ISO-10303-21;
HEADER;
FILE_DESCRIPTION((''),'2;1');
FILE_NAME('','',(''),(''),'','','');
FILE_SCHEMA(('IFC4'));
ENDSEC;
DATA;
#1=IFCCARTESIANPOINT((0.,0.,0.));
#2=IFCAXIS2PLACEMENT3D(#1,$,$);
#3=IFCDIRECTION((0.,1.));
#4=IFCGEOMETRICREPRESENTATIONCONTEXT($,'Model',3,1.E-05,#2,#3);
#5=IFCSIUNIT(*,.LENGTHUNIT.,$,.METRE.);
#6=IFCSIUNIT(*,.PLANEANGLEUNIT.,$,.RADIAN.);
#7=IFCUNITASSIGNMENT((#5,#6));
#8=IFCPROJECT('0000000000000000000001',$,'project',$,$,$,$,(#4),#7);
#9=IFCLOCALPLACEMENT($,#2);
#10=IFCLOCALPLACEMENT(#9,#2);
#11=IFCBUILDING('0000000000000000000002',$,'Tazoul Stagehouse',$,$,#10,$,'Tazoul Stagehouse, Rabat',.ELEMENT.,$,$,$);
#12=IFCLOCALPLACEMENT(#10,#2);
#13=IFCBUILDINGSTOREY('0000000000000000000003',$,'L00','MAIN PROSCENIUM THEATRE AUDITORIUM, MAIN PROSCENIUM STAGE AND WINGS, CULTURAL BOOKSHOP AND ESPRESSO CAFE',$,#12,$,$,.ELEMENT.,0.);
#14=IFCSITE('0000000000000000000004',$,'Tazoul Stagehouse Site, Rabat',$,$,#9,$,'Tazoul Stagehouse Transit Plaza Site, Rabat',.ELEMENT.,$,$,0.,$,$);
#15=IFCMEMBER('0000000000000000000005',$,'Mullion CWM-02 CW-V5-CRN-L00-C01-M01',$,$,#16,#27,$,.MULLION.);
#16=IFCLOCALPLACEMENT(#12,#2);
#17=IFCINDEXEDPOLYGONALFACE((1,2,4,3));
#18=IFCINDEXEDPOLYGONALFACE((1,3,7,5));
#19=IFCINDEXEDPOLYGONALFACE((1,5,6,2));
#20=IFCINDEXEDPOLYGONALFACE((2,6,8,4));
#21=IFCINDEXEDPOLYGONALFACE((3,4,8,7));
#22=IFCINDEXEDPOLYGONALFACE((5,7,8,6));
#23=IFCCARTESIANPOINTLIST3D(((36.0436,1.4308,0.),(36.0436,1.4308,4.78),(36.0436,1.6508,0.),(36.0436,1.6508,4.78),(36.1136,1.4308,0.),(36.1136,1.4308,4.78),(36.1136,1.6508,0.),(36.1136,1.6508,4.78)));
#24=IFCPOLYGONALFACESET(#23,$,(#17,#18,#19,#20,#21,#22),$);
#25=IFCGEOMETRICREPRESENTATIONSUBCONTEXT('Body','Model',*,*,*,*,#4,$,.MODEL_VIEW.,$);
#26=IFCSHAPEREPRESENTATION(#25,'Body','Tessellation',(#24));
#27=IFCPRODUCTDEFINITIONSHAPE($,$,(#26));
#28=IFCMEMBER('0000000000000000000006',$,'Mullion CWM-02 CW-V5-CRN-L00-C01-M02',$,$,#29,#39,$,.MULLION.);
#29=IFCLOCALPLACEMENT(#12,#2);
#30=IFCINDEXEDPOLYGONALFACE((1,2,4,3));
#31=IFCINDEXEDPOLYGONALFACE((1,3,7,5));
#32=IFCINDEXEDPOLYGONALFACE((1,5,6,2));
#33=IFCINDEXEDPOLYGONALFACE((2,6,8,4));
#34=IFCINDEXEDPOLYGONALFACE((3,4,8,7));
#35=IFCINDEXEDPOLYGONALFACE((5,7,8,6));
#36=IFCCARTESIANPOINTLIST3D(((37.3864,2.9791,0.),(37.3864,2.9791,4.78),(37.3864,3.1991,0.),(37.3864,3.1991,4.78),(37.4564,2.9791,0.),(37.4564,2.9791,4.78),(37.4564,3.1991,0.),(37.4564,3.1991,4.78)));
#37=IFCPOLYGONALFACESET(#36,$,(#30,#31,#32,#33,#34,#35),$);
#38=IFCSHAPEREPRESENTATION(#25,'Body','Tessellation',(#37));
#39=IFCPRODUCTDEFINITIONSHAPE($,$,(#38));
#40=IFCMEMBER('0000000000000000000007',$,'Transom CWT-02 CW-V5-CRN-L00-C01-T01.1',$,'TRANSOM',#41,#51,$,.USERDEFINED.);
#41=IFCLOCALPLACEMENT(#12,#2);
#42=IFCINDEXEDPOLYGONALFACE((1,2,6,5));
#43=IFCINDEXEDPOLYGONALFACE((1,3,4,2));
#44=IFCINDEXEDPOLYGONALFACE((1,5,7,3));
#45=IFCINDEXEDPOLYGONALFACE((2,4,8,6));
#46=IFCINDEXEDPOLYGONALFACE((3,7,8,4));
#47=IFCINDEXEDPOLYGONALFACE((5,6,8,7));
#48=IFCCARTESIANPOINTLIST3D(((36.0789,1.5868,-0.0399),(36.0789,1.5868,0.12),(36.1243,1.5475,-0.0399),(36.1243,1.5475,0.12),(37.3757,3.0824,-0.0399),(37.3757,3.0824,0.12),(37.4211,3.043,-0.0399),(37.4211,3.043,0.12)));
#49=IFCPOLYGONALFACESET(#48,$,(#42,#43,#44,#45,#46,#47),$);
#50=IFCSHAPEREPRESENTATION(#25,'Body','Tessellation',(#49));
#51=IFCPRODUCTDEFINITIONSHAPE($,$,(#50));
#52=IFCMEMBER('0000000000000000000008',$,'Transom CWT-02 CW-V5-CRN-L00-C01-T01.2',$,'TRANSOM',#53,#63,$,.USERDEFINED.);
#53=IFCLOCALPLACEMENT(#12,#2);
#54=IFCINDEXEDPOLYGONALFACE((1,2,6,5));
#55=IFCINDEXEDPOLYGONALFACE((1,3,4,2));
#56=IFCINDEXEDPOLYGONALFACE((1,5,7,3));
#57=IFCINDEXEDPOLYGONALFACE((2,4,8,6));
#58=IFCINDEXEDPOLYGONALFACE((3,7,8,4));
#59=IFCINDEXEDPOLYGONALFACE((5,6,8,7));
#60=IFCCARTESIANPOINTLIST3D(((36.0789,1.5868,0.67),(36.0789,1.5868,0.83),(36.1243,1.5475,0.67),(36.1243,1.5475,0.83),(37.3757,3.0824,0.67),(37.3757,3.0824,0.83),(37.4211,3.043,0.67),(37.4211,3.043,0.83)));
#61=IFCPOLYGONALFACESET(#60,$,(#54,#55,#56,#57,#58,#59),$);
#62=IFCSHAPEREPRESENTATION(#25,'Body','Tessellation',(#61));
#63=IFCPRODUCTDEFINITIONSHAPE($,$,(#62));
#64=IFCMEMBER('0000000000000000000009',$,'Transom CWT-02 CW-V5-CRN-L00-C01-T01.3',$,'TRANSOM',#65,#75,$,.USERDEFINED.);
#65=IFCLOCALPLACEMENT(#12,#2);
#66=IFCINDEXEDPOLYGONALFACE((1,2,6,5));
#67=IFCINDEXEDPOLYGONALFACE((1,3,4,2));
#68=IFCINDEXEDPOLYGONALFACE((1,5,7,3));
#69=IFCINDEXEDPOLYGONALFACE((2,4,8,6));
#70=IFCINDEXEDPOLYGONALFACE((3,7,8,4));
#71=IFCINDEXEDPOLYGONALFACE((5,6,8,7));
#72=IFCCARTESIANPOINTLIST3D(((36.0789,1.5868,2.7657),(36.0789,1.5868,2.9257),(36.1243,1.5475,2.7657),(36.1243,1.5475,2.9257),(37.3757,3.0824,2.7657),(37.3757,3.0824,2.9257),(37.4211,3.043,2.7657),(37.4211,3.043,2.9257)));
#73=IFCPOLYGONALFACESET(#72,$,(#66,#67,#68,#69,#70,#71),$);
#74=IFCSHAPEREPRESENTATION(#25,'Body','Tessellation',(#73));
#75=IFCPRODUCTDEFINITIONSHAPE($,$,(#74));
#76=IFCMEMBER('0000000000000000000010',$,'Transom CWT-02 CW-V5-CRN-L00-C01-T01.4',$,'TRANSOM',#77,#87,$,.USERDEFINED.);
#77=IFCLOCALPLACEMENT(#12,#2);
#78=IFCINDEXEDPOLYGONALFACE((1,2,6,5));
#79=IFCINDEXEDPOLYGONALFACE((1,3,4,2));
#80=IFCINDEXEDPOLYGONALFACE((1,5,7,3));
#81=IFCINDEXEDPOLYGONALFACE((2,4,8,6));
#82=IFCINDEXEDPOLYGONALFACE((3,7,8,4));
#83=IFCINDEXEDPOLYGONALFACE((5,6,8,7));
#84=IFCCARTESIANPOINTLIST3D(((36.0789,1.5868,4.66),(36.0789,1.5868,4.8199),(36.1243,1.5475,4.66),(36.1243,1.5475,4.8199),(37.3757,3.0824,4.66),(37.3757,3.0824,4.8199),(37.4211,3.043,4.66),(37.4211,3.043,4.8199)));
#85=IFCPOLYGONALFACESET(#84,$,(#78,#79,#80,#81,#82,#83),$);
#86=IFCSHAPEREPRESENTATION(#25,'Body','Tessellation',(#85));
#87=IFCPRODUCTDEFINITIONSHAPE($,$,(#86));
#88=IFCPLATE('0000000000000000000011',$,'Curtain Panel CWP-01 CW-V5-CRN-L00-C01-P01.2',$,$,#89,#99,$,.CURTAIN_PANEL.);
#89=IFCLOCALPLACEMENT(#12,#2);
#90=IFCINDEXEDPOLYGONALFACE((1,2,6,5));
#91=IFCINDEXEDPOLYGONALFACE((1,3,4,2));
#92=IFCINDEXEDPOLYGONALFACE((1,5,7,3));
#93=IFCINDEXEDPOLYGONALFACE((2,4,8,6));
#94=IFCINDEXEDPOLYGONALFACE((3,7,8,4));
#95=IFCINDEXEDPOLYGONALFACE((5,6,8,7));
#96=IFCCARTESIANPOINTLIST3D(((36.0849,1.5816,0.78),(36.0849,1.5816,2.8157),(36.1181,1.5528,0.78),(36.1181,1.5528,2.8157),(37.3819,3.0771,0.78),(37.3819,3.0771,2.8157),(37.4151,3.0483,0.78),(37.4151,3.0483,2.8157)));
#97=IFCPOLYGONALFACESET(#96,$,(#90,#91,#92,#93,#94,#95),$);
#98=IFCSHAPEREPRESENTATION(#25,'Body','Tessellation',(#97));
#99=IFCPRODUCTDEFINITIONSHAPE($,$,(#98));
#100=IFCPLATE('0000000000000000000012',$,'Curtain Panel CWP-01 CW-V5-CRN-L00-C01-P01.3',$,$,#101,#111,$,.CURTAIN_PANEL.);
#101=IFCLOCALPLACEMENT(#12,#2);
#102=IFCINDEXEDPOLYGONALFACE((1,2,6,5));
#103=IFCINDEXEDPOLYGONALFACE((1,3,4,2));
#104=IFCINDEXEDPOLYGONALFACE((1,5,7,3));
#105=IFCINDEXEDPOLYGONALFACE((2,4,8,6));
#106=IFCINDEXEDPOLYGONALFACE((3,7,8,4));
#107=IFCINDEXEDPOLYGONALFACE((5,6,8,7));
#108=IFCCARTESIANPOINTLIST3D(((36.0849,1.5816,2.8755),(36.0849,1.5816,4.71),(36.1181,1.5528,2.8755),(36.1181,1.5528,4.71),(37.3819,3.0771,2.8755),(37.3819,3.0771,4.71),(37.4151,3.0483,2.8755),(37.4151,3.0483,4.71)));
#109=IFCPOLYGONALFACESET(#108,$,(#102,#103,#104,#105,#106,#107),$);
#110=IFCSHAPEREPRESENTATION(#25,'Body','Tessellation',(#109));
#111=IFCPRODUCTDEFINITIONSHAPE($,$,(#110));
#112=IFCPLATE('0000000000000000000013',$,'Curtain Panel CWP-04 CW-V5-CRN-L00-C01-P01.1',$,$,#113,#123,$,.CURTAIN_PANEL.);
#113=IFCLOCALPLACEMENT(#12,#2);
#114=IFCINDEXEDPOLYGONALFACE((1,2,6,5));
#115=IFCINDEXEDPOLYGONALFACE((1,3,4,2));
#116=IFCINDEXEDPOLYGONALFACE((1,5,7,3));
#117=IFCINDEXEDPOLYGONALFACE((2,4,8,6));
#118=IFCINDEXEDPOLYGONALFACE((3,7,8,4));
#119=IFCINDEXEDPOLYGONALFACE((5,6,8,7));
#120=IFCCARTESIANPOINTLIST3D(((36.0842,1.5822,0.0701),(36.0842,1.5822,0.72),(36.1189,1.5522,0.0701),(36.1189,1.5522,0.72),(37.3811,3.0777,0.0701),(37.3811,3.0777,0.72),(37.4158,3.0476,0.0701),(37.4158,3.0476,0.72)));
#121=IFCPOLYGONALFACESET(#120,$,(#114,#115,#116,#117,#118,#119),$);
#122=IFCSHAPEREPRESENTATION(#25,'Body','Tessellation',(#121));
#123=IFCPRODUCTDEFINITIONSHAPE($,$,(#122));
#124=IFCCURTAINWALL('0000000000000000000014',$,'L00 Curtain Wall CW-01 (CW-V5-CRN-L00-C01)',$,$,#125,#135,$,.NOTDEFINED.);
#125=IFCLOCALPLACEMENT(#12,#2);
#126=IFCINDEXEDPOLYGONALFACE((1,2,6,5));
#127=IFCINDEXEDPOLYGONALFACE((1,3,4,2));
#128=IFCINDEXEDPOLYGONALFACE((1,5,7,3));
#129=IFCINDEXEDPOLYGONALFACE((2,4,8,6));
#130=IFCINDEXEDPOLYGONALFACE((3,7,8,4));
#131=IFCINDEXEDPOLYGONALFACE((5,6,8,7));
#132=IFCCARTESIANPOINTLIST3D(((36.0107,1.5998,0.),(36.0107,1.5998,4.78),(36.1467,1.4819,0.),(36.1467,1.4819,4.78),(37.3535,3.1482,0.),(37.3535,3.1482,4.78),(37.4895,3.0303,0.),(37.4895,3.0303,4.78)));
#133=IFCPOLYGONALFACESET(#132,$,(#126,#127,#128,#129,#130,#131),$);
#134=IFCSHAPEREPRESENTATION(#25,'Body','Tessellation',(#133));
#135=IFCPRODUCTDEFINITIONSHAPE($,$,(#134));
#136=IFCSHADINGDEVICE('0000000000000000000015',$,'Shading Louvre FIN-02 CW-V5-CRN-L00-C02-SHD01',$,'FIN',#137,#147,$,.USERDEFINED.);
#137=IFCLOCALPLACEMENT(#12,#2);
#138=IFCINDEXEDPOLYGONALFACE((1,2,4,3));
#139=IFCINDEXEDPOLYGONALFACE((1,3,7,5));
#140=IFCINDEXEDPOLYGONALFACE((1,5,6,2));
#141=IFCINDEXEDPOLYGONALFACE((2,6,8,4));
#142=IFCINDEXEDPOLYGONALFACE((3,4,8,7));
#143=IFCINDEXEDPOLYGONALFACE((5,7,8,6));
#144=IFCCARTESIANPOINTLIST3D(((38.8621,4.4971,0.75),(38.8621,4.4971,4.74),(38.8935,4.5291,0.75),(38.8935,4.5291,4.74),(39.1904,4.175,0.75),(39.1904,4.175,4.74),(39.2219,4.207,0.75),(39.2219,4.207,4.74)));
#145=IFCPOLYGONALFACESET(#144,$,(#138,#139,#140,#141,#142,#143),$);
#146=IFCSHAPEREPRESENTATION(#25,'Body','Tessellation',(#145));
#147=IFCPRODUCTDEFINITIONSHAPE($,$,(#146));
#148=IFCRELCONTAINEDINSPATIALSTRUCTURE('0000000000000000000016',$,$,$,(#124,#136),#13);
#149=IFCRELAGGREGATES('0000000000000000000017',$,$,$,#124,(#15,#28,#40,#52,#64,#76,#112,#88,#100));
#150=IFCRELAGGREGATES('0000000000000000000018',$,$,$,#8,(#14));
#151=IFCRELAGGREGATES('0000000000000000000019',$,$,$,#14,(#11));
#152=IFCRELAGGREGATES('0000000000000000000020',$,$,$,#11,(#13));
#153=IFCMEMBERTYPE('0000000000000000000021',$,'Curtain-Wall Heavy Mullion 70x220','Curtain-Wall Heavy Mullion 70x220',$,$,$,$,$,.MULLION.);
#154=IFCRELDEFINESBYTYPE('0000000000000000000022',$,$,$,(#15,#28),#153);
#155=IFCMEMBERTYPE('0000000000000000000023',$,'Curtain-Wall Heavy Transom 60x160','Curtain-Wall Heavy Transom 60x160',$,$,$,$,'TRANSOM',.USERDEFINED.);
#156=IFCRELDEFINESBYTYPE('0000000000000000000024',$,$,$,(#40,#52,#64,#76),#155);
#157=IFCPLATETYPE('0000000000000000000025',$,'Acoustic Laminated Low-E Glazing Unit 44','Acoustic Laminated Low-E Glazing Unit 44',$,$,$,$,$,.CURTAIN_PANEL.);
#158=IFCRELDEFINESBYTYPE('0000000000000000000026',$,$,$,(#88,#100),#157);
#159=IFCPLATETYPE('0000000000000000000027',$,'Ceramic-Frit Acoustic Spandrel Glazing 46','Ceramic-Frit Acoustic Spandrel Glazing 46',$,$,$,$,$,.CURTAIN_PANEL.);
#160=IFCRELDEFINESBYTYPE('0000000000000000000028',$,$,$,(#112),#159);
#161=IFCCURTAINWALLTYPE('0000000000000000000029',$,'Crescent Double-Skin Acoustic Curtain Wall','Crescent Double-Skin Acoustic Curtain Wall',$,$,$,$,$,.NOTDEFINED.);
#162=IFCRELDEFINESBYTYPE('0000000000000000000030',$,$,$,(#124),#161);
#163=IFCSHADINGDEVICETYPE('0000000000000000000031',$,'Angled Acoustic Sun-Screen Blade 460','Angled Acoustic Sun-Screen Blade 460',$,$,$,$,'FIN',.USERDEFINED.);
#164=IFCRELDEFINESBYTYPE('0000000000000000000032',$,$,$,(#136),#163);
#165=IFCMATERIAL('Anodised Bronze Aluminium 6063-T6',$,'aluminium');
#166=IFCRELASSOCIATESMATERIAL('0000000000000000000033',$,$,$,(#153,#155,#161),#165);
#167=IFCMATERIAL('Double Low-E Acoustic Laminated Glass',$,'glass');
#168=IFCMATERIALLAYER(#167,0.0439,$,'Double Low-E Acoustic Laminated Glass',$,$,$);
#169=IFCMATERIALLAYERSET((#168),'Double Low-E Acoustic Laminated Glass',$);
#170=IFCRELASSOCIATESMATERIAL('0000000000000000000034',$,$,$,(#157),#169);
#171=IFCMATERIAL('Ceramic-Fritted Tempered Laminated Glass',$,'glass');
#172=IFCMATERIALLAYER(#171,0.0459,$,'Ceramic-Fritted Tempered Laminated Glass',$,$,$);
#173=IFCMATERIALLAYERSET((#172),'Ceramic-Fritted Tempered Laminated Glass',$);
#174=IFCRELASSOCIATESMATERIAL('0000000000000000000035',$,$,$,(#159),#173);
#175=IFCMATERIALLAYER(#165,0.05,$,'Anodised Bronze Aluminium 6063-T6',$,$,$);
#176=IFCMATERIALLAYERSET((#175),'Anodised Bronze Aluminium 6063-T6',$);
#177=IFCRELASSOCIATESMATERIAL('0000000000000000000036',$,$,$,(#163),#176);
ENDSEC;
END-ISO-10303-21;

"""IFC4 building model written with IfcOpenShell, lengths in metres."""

from ifc_helpers import new_model, si_unit, direction, frame, frame_2d, origin, origin_2d, place, context, subcontext, project, spatial, rectangle, extrude, material, layer, layer_set, material_profile, profile_set, type_object, element, aggregate, save


model = new_model("IFC4")

# Units and contexts
model_context = context("Model", 3, precision=1e-05, world=origin(), true_north=direction((0.0, 1.0)))
body_context = subcontext(model_context, "Body", "Model", "MODEL_VIEW")
ifc_project = project(units=[si_unit("LENGTHUNIT", "METRE"), si_unit("PLANEANGLEUNIT", "RADIAN")], contexts=[model_context])

# Members
ifc_material_1 = material(Name="Anodised Bronze Aluminium 6063-T6", Category="aluminium")
ifc_material_profile_1 = material_profile(ifc_material_1, rectangle(XDim=0.0701, YDim=0.22, at=origin_2d()), Name="ALU MULLION 70x220")
ifc_profile_set_1 = profile_set([ifc_material_profile_1], Name="Anodised Bronze Aluminium 6063-T6")
member_type_1 = type_object("IfcMemberType", Name="Curtain-Wall Heavy Mullion 70x220", Description="Curtain-Wall Heavy Mullion 70x220", PredefinedType="MULLION", material=ifc_profile_set_1)
site_placement = place(None, origin())
building_placement = place(site_placement, origin())
storey_placement = place(building_placement, origin())
member_1_placement = place(storey_placement, frame((36.0786, 1.5408, 0.0), z_axis=(0.0, 0.0, 1.0), x_axis=(1.0, 0.0, 0.0)))
member_1 = element("IfcMember", 1, at=member_1_placement, type_object=member_type_1, Name="Mullion CWM-02 CW-V5-CRN-L00-C01-M01", PredefinedType="MULLION", context=body_context, shape_type="SweptSolid", body=[
    extrude(rectangle(XDim=0.0701, YDim=0.22, at=origin_2d()), origin(), (0.0, 0.0, 1.0), 4.78),
])
member_2_placement = place(storey_placement, frame((37.4214, 3.0891, 0.0), z_axis=(0.0, 0.0, 1.0), x_axis=(1.0, 0.0, 0.0)))
member_2 = element("IfcMember", 2, at=member_2_placement, type_object=member_type_1, Name="Mullion CWM-02 CW-V5-CRN-L00-C01-M02", PredefinedType="MULLION", context=body_context, shape_type="SweptSolid", body=[
    extrude(rectangle(XDim=0.0701, YDim=0.22, at=origin_2d()), origin(), (0.0, 0.0, 1.0), 4.78),
])
ifc_material_profile_2 = material_profile(ifc_material_1, rectangle(XDim=0.0601, YDim=0.1599, at=origin_2d()), Name="ALU TRANSOM 60x160")
ifc_profile_set_2 = profile_set([ifc_material_profile_2], Name="Anodised Bronze Aluminium 6063-T6")
member_type_2 = type_object("IfcMemberType", Name="Curtain-Wall Heavy Transom 60x160", Description="Curtain-Wall Heavy Transom 60x160", ElementType="TRANSOM", PredefinedType="USERDEFINED", material=ifc_profile_set_2)
member_3_placement = place(storey_placement, frame((36.1016, 1.5671, 0.04), z_axis=(0.655128, 0.755518, 0.0), x_axis=(-0.755518, 0.655128, 0.0)))
member_3 = element("IfcMember", 3, at=member_3_placement, type_object=member_type_2, Name="Transom CWT-02 CW-V5-CRN-L00-C01-T01.1", ObjectType="TRANSOM", PredefinedType="USERDEFINED", context=body_context, shape_type="SweptSolid", body=[
    extrude(rectangle(XDim=0.0601, YDim=0.1599, at=origin_2d()), origin(), (0.0, 0.0, 1.0), 1.9795),
])
member_4_placement = place(storey_placement, frame((36.1016, 1.5671, 0.75), z_axis=(0.655128, 0.755518, 0.0), x_axis=(-0.755518, 0.655128, 0.0)))
member_4 = element("IfcMember", 4, at=member_4_placement, type_object=member_type_2, Name="Transom CWT-02 CW-V5-CRN-L00-C01-T01.2", ObjectType="TRANSOM", PredefinedType="USERDEFINED", context=body_context, shape_type="SweptSolid", body=[
    extrude(rectangle(XDim=0.0601, YDim=0.1599, at=origin_2d()), origin(), (0.0, 0.0, 1.0), 1.9795),
])
member_5_placement = place(storey_placement, frame((36.1016, 1.5671, 2.8457), z_axis=(0.655128, 0.755518, 0.0), x_axis=(-0.755518, 0.655128, 0.0)))
member_5 = element("IfcMember", 5, at=member_5_placement, type_object=member_type_2, Name="Transom CWT-02 CW-V5-CRN-L00-C01-T01.3", ObjectType="TRANSOM", PredefinedType="USERDEFINED", context=body_context, shape_type="SweptSolid", body=[
    extrude(rectangle(XDim=0.0601, YDim=0.1599, at=origin_2d()), origin(), (0.0, 0.0, 1.0), 1.9795),
])
member_6_placement = place(storey_placement, frame((36.1016, 1.5671, 4.74), z_axis=(0.655128, 0.755518, 0.0), x_axis=(-0.755518, 0.655128, 0.0)))
member_6 = element("IfcMember", 6, at=member_6_placement, type_object=member_type_2, Name="Transom CWT-02 CW-V5-CRN-L00-C01-T01.4", ObjectType="TRANSOM", PredefinedType="USERDEFINED", context=body_context, shape_type="SweptSolid", body=[
    extrude(rectangle(XDim=0.0601, YDim=0.1599, at=origin_2d()), origin(), (0.0, 0.0, 1.0), 1.9795),
])

# Plates
ifc_material_2 = material(Name="Double Low-E Acoustic Laminated Glass", Category="glass")
ifc_layer_1 = layer(ifc_material_2, 0.0439, Name="Double Low-E Acoustic Laminated Glass")
ifc_layer_set_1 = layer_set([ifc_layer_1], Name="Double Low-E Acoustic Laminated Glass")
plate_type_1 = type_object("IfcPlateType", Name="Acoustic Laminated Low-E Glazing Unit 44", Description="Acoustic Laminated Low-E Glazing Unit 44", PredefinedType="CURTAIN_PANEL", material=ifc_layer_set_1)
plate_1_placement = place(storey_placement, frame((36.75, 2.3149, 0.78), z_axis=(0.0, 0.0, 1.0), x_axis=(0.655168, 0.755483, 0.0)))
plate_1 = element("IfcPlate", 7, at=plate_1_placement, type_object=plate_type_1, Name="Curtain Panel CWP-01 CW-V5-CRN-L00-C01-P01.2", PredefinedType="CURTAIN_PANEL", context=body_context, shape_type="SweptSolid", body=[
    extrude(rectangle(XDim=1.9795, YDim=0.0439, at=origin_2d()), origin(), (0.0, 0.0, 1.0), 2.0356),
])
plate_2_placement = place(storey_placement, frame((36.75, 2.3149, 2.8755), z_axis=(0.0, 0.0, 1.0), x_axis=(0.655168, 0.755483, 0.0)))
plate_2 = element("IfcPlate", 8, at=plate_2_placement, type_object=plate_type_1, Name="Curtain Panel CWP-01 CW-V5-CRN-L00-C01-P01.3", PredefinedType="CURTAIN_PANEL", context=body_context, shape_type="SweptSolid", body=[
    extrude(rectangle(XDim=1.9795, YDim=0.0439, at=origin_2d()), origin(), (0.0, 0.0, 1.0), 1.8345),
])
ifc_material_3 = material(Name="Ceramic-Fritted Tempered Laminated Glass", Category="glass")
ifc_layer_2 = layer(ifc_material_3, 0.0459, Name="Ceramic-Fritted Tempered Laminated Glass")
ifc_layer_set_2 = layer_set([ifc_layer_2], Name="Ceramic-Fritted Tempered Laminated Glass")
plate_type_2 = type_object("IfcPlateType", Name="Ceramic-Frit Acoustic Spandrel Glazing 46", Description="Ceramic-Frit Acoustic Spandrel Glazing 46", PredefinedType="CURTAIN_PANEL", material=ifc_layer_set_2)
plate_3_placement = place(storey_placement, frame((36.75, 2.3149, 0.0701), z_axis=(0.0, 0.0, 1.0), x_axis=(0.655168, 0.755483, 0.0)))
plate_3 = element("IfcPlate", 9, at=plate_3_placement, type_object=plate_type_2, Name="Curtain Panel CWP-04 CW-V5-CRN-L00-C01-P01.1", PredefinedType="CURTAIN_PANEL", context=body_context, shape_type="SweptSolid", body=[
    extrude(rectangle(XDim=1.9795, YDim=0.0459, at=origin_2d()), origin(), (0.0, 0.0, 1.0), 0.6499),
])

# Site, building, storey
site = spatial("IfcSite", under=ifc_project, at=site_placement, Name="Tazoul Stagehouse Site, Rabat", LongName="Tazoul Stagehouse Transit Plaza Site, Rabat", CompositionType="ELEMENT", RefElevation=0.0)
building = spatial("IfcBuilding", under=site, at=building_placement, Name="Tazoul Stagehouse", LongName="Tazoul Stagehouse, Rabat", CompositionType="ELEMENT")
storey = spatial("IfcBuildingStorey", under=building, at=storey_placement, Name="L00", Description="MAIN PROSCENIUM THEATRE AUDITORIUM, MAIN PROSCENIUM STAGE AND WINGS, CULTURAL BOOKSHOP AND ESPRESSO CAFE", CompositionType="ELEMENT", Elevation=0.0)

# Curtain wall
curtain_wall_type = type_object("IfcCurtainWallType", Name="Crescent Double-Skin Acoustic Curtain Wall", Description="Crescent Double-Skin Acoustic Curtain Wall", PredefinedType="NOTDEFINED", material=ifc_material_1)
curtain_wall_1_placement = place(storey_placement, frame((36.0786, 1.5408, 0.0), z_axis=(0.0, 0.0, 1.0), x_axis=(0.655175, 0.755477, 0.0)))
curtain_wall_1 = element("IfcCurtainWall", 10, at=curtain_wall_1_placement, inside=storey, type_object=curtain_wall_type, Name="L00 Curtain Wall CW-01 (CW-V5-CRN-L00-C01)", PredefinedType="NOTDEFINED", context=body_context, shape_type="SweptSolid", body=[
    extrude(rectangle(XDim=2.0496, YDim=0.1799, at=frame_2d((1.0249, 0.0))), origin(), (0.0, 0.0, 1.0), 4.78),
])
aggregate(curtain_wall_1, [member_1, member_2, member_3, member_4, member_5, member_6, plate_3, plate_1, plate_2])

# Shading device
ifc_layer_3 = layer(ifc_material_1, 0.05, Name="Anodised Bronze Aluminium 6063-T6")
ifc_layer_set_3 = layer_set([ifc_layer_3], Name="Anodised Bronze Aluminium 6063-T6")
shading_device_type = type_object("IfcShadingDeviceType", Name="Angled Acoustic Sun-Screen Blade 460", Description="Angled Acoustic Sun-Screen Blade 460", ElementType="FIN", PredefinedType="USERDEFINED", material=ifc_layer_set_3)
shading_device_placement = place(storey_placement, frame((39.042, 4.3521, 0.75), z_axis=(0.0, 0.0, 1.0), x_axis=(0.700247, 0.713901, 0.0)))
element("IfcShadingDevice", 11, at=shading_device_placement, inside=storey, type_object=shading_device_type, Name="Shading Louvre FIN-02 CW-V5-CRN-L00-C02-SHD01", ObjectType="FIN", PredefinedType="USERDEFINED", context=body_context, shape_type="SweptSolid", body=[
    extrude(rectangle(XDim=0.0449, YDim=0.46, at=origin_2d()), origin(), (0.0, 0.0, 1.0), 3.99),
])

save(model, "model.ifc")
